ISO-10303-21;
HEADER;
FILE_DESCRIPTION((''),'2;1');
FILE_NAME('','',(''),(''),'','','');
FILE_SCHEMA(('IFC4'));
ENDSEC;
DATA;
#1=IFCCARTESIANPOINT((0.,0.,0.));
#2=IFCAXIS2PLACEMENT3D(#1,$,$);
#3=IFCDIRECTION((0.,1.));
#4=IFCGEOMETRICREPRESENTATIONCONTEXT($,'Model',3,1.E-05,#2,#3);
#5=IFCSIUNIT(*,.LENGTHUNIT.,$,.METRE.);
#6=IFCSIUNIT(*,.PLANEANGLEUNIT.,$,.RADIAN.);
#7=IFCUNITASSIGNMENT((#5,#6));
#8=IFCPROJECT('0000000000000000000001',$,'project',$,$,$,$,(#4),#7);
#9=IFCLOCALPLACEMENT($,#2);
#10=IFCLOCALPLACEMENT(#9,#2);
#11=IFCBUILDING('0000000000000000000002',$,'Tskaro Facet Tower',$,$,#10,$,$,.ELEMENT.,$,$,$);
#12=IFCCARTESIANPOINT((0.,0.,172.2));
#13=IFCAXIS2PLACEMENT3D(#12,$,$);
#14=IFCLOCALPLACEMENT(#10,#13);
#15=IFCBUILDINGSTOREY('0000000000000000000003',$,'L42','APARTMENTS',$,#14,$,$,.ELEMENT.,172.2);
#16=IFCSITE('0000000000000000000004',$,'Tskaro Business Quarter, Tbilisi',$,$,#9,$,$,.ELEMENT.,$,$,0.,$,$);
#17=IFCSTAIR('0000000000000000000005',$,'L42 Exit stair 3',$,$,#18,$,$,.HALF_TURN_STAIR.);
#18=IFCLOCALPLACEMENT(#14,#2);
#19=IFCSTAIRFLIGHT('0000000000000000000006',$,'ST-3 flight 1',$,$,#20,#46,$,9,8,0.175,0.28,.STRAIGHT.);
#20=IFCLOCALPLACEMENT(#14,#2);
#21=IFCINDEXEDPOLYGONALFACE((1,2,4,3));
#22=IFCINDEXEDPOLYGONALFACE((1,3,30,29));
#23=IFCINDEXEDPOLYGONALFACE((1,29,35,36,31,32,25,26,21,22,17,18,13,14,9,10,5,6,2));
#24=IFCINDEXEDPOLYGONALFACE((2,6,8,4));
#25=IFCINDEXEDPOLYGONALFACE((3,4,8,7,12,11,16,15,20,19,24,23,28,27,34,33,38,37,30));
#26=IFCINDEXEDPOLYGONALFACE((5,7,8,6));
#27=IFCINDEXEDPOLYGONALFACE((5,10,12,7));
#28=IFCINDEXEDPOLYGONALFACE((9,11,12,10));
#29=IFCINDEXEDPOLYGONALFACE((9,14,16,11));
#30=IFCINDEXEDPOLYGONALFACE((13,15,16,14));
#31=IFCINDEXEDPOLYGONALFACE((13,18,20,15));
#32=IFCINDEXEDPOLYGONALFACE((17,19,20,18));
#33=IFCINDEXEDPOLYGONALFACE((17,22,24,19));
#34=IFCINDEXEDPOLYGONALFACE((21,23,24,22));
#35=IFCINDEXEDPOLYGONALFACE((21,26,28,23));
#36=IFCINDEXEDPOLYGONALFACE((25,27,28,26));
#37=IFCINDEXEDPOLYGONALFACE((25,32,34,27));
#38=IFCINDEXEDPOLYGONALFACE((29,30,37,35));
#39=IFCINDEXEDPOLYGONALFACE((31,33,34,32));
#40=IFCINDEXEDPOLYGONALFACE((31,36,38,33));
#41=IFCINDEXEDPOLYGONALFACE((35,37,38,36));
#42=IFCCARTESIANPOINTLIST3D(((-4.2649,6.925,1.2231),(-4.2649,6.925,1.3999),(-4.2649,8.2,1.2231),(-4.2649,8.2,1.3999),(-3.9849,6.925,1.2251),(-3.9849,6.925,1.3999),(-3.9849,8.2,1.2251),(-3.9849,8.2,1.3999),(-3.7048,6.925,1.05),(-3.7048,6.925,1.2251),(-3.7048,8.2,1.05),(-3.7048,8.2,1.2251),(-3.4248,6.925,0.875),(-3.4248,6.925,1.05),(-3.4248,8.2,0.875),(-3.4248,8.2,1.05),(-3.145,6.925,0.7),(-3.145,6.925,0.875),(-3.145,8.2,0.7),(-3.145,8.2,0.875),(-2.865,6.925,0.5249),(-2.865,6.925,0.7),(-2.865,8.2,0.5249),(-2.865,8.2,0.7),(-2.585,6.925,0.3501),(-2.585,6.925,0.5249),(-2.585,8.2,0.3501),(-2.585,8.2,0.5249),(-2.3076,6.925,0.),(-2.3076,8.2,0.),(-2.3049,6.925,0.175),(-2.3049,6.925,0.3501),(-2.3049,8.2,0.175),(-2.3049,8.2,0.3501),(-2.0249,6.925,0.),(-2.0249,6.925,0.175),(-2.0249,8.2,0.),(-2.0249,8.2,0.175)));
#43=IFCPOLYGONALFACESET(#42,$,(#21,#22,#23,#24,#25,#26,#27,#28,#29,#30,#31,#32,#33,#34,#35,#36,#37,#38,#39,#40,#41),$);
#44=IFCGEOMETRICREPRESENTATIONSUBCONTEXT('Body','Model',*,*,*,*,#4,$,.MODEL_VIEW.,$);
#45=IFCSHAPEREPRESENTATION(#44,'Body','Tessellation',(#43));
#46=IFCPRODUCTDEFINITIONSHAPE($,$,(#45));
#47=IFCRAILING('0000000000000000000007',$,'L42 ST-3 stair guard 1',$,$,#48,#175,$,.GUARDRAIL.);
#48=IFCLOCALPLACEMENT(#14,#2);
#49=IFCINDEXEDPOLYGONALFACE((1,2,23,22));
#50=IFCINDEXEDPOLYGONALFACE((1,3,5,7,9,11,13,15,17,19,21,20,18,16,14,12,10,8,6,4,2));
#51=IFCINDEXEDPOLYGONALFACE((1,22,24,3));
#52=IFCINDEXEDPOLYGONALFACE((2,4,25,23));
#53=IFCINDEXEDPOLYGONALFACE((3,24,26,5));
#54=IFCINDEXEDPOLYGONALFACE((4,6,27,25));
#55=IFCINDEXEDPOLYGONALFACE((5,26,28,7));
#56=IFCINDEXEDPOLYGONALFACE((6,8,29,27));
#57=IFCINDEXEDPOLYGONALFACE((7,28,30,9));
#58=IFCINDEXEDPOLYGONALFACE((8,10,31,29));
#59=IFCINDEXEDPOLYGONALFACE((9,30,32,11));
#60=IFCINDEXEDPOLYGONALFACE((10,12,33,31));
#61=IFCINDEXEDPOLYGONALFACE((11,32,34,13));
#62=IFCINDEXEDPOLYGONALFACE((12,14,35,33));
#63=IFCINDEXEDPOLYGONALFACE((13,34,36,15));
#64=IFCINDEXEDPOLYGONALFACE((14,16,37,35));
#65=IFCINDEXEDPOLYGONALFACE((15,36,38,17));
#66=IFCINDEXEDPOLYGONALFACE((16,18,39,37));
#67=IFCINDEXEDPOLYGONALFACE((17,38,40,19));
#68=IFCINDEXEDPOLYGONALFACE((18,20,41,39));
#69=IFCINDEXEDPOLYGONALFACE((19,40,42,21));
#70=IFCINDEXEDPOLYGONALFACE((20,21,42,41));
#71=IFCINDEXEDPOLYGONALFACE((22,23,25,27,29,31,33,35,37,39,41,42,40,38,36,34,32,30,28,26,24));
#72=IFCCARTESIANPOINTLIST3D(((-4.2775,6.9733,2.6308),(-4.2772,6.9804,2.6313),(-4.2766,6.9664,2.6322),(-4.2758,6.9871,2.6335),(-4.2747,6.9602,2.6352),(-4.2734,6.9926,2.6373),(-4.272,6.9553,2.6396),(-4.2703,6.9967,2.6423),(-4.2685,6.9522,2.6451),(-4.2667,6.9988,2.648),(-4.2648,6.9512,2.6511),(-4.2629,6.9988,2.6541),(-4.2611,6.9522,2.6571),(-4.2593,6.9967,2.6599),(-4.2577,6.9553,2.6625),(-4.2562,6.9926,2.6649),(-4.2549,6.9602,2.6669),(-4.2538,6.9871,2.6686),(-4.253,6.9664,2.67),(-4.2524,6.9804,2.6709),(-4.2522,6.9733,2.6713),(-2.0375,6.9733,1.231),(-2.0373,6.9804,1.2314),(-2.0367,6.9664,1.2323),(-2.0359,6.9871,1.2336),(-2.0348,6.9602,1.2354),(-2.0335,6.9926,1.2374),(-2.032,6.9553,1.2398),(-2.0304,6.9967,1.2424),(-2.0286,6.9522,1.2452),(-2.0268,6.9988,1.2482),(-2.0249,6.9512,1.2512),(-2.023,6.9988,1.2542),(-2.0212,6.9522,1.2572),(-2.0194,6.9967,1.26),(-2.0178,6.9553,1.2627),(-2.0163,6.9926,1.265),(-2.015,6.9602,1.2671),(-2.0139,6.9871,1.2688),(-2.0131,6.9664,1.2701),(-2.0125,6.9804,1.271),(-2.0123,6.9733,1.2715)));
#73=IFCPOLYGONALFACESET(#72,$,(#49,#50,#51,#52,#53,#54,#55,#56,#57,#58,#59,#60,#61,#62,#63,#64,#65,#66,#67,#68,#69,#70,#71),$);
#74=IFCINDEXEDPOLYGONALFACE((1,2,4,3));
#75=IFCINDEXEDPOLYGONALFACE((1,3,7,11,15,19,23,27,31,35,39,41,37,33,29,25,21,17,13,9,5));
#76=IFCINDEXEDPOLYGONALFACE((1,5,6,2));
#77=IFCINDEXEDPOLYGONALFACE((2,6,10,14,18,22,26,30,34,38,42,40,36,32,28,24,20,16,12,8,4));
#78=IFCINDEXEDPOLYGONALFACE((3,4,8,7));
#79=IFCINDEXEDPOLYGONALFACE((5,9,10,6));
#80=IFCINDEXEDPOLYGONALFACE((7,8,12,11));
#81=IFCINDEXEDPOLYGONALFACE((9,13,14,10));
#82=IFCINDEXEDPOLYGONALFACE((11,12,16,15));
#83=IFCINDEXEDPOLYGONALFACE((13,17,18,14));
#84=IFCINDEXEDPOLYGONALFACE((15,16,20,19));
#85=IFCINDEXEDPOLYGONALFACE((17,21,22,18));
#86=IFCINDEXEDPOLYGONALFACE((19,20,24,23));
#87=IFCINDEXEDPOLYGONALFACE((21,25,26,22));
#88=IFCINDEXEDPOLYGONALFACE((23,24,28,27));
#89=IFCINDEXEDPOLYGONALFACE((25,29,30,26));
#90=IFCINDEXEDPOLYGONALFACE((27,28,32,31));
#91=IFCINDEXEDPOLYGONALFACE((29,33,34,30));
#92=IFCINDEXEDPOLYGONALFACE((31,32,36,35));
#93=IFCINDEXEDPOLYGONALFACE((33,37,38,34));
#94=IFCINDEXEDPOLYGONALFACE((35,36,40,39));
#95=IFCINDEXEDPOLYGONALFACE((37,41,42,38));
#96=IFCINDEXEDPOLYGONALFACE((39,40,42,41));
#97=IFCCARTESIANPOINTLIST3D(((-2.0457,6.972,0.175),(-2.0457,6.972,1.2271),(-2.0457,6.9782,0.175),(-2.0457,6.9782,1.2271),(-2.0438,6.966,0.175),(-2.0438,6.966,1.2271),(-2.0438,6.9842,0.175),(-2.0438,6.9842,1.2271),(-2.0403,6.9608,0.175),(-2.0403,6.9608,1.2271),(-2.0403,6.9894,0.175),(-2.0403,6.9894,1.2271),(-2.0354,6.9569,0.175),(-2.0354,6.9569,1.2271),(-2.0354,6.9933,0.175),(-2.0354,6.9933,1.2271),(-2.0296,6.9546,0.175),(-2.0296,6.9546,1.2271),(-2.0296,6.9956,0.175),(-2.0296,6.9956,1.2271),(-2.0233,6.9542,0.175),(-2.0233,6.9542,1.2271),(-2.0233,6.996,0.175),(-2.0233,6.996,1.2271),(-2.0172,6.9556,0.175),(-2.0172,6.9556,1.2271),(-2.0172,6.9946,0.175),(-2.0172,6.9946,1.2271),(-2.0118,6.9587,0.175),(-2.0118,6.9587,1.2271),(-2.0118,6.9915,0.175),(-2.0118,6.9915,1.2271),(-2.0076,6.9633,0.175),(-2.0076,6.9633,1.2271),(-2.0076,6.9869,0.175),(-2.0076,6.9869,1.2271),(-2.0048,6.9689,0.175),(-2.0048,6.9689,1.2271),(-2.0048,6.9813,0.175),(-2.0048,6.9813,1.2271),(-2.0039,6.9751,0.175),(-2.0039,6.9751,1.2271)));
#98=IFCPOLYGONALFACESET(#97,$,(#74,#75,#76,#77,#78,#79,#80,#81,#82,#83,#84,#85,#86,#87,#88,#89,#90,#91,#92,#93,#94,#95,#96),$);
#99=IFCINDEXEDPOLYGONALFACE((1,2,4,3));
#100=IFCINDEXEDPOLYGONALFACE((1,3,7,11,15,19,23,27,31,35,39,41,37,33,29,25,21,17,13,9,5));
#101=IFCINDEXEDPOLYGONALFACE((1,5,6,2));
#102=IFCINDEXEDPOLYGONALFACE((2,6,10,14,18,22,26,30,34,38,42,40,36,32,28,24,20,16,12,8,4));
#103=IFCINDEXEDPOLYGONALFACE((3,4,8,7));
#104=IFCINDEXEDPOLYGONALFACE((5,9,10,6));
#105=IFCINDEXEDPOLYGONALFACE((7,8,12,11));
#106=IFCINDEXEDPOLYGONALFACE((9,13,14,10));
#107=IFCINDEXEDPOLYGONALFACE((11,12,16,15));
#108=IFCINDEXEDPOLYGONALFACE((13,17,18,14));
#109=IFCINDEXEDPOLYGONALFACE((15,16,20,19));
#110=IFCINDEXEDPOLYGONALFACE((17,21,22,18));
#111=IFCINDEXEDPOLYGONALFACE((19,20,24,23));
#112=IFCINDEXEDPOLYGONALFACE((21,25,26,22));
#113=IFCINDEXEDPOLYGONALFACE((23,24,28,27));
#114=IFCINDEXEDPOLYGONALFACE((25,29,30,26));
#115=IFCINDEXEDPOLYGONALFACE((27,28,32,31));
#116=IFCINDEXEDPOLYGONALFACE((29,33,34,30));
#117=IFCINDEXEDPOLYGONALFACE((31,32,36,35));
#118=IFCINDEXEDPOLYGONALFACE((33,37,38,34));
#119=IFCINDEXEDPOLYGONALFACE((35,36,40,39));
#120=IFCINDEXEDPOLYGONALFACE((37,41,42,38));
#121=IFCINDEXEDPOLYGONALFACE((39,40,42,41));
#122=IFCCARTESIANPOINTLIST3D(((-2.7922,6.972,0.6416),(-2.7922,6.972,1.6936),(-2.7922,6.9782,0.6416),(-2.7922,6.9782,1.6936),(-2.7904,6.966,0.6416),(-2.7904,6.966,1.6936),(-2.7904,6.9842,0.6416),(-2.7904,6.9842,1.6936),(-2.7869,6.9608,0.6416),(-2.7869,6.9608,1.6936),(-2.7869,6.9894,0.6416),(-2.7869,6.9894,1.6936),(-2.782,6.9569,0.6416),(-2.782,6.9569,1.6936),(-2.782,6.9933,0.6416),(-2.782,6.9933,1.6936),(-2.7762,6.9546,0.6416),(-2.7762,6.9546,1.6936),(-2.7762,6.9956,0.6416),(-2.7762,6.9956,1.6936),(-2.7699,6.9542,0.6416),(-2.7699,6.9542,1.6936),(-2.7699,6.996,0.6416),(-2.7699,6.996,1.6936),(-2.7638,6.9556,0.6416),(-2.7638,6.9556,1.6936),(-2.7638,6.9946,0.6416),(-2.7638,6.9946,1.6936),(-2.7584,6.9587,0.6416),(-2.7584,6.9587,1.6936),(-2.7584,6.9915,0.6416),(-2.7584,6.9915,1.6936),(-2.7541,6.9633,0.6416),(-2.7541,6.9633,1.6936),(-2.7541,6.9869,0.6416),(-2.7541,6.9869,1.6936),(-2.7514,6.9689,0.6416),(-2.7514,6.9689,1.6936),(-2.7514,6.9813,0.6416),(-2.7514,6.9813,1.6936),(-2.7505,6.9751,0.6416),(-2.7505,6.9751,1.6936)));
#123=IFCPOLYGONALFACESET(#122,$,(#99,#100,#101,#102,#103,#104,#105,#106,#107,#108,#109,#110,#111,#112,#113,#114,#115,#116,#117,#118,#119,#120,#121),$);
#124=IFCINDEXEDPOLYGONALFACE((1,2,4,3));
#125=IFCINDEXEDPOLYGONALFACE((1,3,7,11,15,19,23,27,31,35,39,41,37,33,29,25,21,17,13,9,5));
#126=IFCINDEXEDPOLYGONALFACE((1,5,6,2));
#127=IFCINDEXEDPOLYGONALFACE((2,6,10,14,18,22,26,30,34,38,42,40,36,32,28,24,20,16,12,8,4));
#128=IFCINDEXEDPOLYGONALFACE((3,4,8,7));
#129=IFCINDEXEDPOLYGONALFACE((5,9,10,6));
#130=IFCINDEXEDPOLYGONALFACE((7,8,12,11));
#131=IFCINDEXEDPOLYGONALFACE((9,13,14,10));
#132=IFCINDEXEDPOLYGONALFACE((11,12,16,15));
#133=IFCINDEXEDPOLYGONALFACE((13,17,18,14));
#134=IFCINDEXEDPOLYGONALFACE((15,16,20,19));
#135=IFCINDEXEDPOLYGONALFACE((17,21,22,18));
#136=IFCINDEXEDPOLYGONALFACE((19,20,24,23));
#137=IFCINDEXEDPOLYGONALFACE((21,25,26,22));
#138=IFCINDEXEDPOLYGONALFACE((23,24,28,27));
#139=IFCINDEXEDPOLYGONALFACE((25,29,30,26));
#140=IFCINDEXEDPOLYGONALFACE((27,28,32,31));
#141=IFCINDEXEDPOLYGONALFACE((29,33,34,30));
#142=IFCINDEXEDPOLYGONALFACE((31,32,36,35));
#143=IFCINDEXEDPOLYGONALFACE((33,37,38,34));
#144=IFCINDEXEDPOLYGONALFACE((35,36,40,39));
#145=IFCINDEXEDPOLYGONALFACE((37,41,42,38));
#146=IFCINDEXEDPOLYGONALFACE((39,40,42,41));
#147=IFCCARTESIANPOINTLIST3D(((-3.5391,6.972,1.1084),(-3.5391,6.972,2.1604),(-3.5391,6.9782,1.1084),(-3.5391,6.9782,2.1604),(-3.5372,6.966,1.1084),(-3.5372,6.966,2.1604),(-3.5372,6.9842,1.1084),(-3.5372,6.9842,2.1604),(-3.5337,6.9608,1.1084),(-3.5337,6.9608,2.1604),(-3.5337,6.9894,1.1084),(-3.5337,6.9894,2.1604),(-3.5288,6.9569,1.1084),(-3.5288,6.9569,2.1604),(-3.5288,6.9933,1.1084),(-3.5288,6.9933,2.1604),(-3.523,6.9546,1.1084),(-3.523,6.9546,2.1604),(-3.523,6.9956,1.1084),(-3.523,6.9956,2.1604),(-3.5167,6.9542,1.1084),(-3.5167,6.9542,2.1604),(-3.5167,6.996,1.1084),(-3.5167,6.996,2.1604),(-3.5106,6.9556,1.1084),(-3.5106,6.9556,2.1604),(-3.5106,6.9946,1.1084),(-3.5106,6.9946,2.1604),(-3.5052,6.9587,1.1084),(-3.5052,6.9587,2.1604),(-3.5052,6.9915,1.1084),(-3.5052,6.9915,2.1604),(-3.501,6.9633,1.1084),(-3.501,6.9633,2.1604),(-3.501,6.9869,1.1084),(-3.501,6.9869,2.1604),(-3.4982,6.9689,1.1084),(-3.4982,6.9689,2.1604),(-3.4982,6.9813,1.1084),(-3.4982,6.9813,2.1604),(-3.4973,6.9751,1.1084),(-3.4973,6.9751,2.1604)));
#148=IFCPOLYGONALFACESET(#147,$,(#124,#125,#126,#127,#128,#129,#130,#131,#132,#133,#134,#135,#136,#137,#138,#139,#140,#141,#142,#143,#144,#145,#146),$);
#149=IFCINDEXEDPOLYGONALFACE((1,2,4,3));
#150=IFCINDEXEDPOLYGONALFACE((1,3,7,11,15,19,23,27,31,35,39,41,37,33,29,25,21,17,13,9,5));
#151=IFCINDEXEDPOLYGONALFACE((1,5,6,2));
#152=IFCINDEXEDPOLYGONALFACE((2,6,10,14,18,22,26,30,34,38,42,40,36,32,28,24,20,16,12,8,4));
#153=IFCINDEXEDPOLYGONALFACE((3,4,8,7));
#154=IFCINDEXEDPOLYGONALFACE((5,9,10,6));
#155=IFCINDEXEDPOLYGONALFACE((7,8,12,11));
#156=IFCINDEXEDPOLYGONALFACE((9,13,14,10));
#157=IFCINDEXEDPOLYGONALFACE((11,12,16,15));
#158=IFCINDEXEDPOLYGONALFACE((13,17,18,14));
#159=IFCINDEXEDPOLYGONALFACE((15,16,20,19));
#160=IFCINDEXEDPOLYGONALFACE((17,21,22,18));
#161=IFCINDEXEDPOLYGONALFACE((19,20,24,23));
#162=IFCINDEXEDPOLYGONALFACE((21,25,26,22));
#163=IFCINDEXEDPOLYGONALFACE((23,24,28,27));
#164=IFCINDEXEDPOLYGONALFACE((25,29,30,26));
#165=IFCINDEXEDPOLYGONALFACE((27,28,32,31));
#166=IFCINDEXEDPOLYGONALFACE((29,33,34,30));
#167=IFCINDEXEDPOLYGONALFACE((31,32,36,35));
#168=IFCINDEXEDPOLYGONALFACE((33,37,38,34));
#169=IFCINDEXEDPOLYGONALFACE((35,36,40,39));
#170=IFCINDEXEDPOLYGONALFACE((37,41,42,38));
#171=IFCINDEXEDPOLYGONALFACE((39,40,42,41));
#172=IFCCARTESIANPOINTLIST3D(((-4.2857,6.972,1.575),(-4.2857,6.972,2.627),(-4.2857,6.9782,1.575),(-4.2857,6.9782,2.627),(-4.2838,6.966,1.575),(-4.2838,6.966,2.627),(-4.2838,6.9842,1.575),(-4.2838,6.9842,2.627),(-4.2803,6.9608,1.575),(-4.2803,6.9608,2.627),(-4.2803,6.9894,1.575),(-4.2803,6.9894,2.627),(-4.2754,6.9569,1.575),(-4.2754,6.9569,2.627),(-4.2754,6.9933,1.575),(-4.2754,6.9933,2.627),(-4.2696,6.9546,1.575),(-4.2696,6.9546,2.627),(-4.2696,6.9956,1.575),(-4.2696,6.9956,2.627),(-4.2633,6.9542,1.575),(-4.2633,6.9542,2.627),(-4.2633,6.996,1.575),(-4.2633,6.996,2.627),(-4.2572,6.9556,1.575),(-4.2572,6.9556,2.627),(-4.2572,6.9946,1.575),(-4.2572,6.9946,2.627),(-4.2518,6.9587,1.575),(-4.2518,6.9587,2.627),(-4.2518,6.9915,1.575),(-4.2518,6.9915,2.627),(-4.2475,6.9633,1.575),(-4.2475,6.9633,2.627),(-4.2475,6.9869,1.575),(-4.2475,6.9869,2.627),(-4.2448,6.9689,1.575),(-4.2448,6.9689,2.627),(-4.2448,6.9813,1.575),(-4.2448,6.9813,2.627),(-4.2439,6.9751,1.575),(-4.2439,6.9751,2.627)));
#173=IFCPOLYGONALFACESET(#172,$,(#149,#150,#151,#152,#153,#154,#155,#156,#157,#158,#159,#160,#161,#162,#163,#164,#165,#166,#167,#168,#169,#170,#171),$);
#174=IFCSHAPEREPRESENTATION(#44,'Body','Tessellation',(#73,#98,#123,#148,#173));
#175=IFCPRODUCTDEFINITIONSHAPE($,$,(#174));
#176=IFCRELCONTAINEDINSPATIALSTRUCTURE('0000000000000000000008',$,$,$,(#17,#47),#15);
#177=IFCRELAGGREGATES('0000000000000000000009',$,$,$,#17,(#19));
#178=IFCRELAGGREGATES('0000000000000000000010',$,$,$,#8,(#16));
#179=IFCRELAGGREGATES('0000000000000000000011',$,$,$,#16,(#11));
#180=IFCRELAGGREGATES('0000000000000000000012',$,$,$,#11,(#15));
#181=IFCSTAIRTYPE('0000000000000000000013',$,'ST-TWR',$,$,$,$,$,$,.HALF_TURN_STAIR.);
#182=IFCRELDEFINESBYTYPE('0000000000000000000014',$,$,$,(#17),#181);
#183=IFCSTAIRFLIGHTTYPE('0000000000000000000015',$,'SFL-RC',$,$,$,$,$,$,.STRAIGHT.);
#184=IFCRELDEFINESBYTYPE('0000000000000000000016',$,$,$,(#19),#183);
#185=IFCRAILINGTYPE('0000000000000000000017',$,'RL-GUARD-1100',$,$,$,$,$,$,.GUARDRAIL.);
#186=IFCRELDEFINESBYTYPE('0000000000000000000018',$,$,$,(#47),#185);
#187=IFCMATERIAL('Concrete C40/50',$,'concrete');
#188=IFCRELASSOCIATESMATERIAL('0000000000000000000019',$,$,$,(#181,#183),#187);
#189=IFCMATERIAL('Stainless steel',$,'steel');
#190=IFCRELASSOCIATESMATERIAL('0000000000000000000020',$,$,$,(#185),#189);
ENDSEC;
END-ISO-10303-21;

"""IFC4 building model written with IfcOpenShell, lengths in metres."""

from ifc_helpers import new_model, si_unit, direction, frame, origin, origin_2d, place, context, subcontext, project, spatial, polyline, circle, outline, extrude, material, type_object, element, aggregate, save


model = new_model("IFC4")

# Units and contexts
model_context = context("Model", 3, precision=1e-05, world=origin(), true_north=direction((0.0, 1.0)))
body_context = subcontext(model_context, "Body", "Model", "MODEL_VIEW")
ifc_project = project(units=[si_unit("LENGTHUNIT", "METRE"), si_unit("PLANEANGLEUNIT", "RADIAN")], contexts=[model_context])

# Site, building, storey
site_placement = place(None, origin())
site = spatial("IfcSite", under=ifc_project, at=site_placement, Name="Tskaro Business Quarter, Tbilisi", CompositionType="ELEMENT", RefElevation=0.0)
building_placement = place(site_placement, origin())
building = spatial("IfcBuilding", under=site, at=building_placement, Name="Tskaro Facet Tower", CompositionType="ELEMENT")
storey_placement = place(building_placement, frame((0.0, 0.0, 172.2)))
storey = spatial("IfcBuildingStorey", under=building, at=storey_placement, Name="L42", Description="APARTMENTS", CompositionType="ELEMENT", Elevation=172.2)

# Stair
ifc_material_1 = material(Name="Concrete C40/50", Category="concrete")
stair_type = type_object("IfcStairType", Name="ST-TWR", PredefinedType="HALF_TURN_STAIR", material=ifc_material_1)
stair_1_placement = place(storey_placement, origin())
stair_1 = element("IfcStair", 1, at=stair_1_placement, inside=storey, type_object=stair_type, Name="L42 Exit stair 3", PredefinedType="HALF_TURN_STAIR")

# Stair flight
stair_flight_type = type_object("IfcStairFlightType", Name="SFL-RC", PredefinedType="STRAIGHT", material=ifc_material_1)
stair_flight_placement = place(storey_placement, frame((-2.0249, 7.5625, 0.0), z_axis=(0.0, 0.0, 1.0), x_axis=(-1.0, 0.0, 0.0)))
stair_flight = element("IfcStairFlight", 2, at=stair_flight_placement, type_object=stair_flight_type, Name="ST-3 flight 1", NumberOfRisers=9, NumberOfTreads=8, PredefinedType="STRAIGHT", RiserHeight=0.175, TreadLength=0.28, context=body_context, shape_type="SweptSolid", body=[
    extrude(outline(polyline([(0.0, 0.0), (0.0, 0.175), (0.28, 0.175), (0.28, 0.3501), (0.5601, 0.3501), (0.5601, 0.5249), (0.8401, 0.5249), (0.8401, 0.7), (1.1201, 0.7), (1.1201, 0.875), (1.3999, 0.875), (1.3999, 1.05), (1.6799, 1.05), (1.6799, 1.2251), (1.96, 1.2251), (1.96, 1.3999), (2.24, 1.3999), (2.24, 1.575), (2.24, 1.2231), (0.2827, 0.0), (0.0, 0.0)])), frame((0.0, 0.6375, 0.0), z_axis=(0.0, -1.0, 0.0), x_axis=(1.0, 0.0, 0.0)), (0.0, 0.0, 1.0), 1.2749),
])
aggregate(stair_1, [stair_flight])

# Railing
ifc_material_2 = material(Name="Stainless steel", Category="steel")
railing_type = type_object("IfcRailingType", Name="RL-GUARD-1100", PredefinedType="GUARDRAIL", material=ifc_material_2)
railing_1_placement = place(storey_placement, frame((-2.0249, 6.9751, 0.175)))
element("IfcRailing", 3, at=railing_1_placement, inside=storey, type_object=railing_type, Name="L42 ST-3 stair guard 1", PredefinedType="GUARDRAIL", context=body_context, shape_type="SweptSolid", body=[
    extrude(circle(Radius=0.0239, at=origin_2d()), frame((0.0, 0.0, 1.0762), z_axis=(-0.848014, 0.0, 0.529974), x_axis=(0.0, -1.0, 0.0)), (0.0, 0.0, 1.0), 2.6414),
    extrude(circle(Radius=0.021, at=origin_2d()), origin(), (0.0, 0.0, 1.0), 1.052),
    extrude(circle(Radius=0.021, at=origin_2d()), frame((-0.7466, 0.0, 0.4666)), (0.0, 0.0, 1.0), 1.052),
    extrude(circle(Radius=0.021, at=origin_2d()), frame((-1.4934, 0.0, 0.9333)), (0.0, 0.0, 1.0), 1.052),
    extrude(circle(Radius=0.021, at=origin_2d()), frame((-2.24, 0.0, 1.3999)), (0.0, 0.0, 1.0), 1.052),
])

save(model, "model.ifc")
